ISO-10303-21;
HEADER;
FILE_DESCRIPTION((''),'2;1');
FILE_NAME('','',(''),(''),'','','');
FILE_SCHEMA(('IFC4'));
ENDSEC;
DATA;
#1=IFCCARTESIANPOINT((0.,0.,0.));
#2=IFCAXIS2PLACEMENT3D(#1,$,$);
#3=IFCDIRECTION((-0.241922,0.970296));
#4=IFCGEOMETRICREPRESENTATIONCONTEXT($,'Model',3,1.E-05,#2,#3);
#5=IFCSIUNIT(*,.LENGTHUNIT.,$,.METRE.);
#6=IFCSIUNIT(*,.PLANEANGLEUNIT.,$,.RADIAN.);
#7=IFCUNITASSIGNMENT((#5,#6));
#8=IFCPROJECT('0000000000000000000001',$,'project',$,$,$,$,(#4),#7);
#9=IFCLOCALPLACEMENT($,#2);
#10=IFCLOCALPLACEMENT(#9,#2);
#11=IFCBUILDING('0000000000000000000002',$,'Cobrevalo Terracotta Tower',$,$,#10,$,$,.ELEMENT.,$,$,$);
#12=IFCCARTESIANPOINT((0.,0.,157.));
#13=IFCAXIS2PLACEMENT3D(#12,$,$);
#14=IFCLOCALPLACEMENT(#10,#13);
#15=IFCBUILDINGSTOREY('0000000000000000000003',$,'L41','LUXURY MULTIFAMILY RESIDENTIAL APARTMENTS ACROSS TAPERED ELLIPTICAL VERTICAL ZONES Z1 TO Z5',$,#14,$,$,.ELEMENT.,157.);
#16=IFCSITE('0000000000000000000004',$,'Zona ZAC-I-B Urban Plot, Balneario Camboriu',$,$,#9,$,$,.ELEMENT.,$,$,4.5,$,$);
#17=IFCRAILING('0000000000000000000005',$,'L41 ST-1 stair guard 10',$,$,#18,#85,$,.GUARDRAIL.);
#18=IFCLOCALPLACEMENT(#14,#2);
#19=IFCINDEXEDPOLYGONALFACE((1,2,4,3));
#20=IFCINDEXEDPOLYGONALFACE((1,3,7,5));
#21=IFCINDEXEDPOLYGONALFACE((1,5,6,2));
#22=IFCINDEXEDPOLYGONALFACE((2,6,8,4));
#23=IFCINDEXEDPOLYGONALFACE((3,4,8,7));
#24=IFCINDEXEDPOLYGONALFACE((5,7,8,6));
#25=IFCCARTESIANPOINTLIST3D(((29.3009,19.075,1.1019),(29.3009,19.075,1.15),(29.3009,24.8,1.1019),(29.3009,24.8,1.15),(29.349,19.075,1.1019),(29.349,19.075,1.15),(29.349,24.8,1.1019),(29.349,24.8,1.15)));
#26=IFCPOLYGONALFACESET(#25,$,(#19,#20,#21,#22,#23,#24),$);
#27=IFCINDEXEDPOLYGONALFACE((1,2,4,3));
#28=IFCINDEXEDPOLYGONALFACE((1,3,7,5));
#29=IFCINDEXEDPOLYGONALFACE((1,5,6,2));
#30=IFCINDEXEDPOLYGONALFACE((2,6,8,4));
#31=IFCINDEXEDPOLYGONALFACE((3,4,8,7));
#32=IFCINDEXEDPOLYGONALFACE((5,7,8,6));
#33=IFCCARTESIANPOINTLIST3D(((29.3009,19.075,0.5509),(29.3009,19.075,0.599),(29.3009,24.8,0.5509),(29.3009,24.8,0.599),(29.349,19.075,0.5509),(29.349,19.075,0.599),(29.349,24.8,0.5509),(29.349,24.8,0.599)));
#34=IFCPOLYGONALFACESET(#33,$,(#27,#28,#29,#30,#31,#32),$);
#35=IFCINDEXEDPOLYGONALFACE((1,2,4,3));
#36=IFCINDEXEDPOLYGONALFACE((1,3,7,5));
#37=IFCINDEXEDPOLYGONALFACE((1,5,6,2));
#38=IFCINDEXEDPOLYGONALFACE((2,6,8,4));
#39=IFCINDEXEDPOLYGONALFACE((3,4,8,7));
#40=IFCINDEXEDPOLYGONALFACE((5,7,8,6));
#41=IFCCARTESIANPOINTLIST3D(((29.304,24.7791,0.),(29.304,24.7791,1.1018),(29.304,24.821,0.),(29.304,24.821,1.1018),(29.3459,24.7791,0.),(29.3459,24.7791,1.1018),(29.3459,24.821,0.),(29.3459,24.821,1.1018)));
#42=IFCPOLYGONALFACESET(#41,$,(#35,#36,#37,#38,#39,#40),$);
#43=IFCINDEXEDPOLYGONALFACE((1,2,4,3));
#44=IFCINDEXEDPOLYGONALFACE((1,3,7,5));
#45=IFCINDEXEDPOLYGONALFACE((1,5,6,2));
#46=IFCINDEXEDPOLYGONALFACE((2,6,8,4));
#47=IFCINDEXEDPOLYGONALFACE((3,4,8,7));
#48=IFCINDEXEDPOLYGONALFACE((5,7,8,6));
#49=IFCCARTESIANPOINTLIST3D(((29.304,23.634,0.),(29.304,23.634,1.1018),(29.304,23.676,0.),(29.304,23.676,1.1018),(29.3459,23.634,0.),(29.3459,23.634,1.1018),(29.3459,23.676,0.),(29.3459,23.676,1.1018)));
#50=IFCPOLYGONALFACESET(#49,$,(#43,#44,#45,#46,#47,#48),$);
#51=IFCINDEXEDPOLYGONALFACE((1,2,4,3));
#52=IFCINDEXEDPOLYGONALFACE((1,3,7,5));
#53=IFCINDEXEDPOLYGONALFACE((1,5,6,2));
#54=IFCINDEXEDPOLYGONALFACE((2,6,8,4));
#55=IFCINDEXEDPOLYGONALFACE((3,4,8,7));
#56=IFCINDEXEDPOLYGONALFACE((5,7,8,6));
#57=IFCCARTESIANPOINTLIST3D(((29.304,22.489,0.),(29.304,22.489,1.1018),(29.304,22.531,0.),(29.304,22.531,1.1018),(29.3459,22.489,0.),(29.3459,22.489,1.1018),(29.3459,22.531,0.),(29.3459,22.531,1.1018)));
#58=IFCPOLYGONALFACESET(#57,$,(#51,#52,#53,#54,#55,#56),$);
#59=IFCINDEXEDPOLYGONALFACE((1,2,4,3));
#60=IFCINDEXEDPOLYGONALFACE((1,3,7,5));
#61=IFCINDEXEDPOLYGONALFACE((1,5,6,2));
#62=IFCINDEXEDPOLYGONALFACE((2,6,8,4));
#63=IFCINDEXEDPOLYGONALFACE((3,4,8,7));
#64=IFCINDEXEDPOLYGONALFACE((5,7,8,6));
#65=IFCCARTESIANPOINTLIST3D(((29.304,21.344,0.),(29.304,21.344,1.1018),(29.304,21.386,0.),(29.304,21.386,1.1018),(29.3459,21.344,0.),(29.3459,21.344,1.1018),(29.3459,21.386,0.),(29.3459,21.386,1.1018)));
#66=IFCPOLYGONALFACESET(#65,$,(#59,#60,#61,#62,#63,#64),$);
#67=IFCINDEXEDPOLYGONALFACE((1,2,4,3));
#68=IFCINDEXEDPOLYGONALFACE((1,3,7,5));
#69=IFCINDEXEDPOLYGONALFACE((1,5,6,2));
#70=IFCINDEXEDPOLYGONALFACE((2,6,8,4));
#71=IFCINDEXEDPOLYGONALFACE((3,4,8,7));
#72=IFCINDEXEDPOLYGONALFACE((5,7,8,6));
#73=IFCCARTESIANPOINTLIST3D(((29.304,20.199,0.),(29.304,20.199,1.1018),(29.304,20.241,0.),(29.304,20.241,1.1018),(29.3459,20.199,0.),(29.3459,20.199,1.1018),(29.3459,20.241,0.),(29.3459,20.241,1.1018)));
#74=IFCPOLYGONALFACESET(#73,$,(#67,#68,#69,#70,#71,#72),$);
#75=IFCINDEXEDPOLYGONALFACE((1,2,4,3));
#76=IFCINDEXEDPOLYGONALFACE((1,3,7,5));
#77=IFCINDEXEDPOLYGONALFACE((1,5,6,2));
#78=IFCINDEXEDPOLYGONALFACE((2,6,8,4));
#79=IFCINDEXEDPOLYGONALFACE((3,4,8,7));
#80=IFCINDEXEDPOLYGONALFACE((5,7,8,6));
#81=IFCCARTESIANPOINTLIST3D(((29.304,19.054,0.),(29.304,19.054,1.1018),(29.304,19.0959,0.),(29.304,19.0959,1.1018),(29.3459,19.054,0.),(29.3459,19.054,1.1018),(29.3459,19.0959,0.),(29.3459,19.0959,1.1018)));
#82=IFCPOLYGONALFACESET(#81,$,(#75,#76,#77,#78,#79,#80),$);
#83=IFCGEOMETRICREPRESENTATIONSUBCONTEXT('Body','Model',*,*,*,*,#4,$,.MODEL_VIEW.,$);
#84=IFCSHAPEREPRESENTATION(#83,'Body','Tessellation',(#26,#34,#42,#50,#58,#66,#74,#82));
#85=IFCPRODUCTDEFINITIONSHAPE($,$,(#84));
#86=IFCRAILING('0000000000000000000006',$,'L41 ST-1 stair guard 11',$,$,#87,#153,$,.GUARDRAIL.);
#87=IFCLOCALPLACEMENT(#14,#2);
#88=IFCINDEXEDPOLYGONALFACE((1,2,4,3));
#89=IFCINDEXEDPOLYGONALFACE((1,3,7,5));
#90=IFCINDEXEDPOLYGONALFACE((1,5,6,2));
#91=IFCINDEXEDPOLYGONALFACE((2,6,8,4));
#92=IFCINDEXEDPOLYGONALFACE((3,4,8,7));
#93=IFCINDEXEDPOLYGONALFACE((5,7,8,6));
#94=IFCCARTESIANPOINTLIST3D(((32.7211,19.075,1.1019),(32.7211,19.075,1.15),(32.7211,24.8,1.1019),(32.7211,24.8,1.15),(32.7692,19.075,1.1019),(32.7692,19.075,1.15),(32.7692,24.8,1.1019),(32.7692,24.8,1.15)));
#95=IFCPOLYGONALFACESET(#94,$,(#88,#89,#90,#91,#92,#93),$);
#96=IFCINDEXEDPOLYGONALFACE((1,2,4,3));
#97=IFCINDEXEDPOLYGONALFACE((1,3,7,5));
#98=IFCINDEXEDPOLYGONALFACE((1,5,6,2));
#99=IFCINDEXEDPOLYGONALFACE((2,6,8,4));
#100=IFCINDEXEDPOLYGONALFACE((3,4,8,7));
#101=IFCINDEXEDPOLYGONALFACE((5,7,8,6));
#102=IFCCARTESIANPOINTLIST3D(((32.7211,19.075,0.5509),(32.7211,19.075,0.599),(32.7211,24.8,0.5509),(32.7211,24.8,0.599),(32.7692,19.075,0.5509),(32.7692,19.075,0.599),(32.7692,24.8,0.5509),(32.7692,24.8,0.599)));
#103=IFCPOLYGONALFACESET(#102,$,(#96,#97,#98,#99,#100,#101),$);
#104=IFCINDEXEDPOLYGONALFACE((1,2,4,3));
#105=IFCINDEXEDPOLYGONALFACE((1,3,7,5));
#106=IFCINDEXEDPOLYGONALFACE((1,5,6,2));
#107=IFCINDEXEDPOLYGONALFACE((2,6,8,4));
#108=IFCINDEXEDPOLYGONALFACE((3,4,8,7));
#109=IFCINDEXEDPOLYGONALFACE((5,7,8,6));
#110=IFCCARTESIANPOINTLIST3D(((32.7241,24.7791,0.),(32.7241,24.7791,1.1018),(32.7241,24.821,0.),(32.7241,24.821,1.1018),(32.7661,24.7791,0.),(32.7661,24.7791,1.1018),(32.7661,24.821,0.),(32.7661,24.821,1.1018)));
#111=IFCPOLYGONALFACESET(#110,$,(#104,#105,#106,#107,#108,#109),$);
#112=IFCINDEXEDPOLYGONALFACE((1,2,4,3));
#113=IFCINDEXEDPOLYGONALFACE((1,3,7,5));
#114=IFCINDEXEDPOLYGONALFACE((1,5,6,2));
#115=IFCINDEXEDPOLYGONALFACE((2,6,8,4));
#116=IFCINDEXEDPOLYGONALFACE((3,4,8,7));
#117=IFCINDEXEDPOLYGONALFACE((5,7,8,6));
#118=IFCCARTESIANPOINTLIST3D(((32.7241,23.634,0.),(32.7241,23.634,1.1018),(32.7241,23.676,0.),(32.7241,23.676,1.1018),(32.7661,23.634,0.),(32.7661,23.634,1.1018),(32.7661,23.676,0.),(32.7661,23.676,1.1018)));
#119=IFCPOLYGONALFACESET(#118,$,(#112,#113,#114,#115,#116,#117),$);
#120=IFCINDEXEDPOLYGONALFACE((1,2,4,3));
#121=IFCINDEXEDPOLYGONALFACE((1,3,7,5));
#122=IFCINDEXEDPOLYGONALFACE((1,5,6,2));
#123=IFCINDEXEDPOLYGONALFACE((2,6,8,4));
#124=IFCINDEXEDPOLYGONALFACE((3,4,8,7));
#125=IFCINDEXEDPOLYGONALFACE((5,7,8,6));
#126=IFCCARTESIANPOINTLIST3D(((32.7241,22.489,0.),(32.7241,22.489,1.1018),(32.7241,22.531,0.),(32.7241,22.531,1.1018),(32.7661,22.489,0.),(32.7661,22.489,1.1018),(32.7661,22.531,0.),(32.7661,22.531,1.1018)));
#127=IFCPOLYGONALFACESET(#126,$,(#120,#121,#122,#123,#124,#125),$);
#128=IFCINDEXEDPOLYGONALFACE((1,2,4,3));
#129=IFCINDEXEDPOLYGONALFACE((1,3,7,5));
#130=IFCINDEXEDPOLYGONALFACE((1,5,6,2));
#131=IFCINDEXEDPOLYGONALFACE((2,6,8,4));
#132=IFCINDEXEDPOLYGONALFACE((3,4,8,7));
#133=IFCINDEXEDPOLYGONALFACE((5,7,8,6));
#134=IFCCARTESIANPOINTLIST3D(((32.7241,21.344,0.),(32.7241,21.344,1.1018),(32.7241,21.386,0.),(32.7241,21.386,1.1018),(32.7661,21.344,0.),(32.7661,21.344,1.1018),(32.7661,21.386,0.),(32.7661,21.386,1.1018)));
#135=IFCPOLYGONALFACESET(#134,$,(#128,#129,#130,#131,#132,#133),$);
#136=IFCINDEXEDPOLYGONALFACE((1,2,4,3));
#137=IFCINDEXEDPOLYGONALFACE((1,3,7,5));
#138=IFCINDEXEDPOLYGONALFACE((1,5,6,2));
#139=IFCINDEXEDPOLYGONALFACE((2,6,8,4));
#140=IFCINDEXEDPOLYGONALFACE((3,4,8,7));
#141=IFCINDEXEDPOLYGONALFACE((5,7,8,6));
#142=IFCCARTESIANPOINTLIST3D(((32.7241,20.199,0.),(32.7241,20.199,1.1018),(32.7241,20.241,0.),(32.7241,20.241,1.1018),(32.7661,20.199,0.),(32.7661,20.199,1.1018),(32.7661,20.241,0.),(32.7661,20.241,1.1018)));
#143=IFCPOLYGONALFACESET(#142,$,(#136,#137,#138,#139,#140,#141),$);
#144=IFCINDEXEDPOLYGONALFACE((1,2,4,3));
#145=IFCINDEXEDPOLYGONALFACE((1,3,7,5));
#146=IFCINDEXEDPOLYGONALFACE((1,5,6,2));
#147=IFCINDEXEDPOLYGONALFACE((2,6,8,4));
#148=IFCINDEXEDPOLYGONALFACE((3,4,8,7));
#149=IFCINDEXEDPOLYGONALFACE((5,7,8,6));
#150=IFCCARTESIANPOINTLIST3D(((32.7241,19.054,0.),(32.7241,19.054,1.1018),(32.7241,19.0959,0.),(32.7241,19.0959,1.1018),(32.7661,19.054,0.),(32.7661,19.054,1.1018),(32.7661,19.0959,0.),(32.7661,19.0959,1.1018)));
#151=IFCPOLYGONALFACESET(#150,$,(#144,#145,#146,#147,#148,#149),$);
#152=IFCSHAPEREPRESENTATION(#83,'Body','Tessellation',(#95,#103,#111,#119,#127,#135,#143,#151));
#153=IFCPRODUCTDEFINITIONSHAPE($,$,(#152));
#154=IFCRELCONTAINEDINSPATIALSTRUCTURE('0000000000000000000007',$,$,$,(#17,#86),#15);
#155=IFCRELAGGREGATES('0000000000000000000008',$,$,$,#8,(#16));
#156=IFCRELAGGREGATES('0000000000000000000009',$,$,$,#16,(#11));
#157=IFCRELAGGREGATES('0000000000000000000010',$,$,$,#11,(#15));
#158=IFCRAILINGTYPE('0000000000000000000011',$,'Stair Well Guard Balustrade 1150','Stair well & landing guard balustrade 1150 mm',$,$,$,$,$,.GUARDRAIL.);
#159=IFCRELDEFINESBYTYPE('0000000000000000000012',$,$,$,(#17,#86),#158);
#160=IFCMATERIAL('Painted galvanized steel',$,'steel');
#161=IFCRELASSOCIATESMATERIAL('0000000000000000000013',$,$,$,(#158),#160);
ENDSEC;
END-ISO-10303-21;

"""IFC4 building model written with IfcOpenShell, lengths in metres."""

from ifc_helpers import new_model, si_unit, direction, frame, origin, origin_2d, place, context, subcontext, project, spatial, rectangle, extrude, material, type_object, element, save


model = new_model("IFC4")

# Units and contexts
model_context = context("Model", 3, precision=1e-05, world=origin(), true_north=direction((-0.241922, 0.970296)))
body_context = subcontext(model_context, "Body", "Model", "MODEL_VIEW")
ifc_project = project(units=[si_unit("LENGTHUNIT", "METRE"), si_unit("PLANEANGLEUNIT", "RADIAN")], contexts=[model_context])

# Site, building, storey
site_placement = place(None, origin())
site = spatial("IfcSite", under=ifc_project, at=site_placement, Name="Zona ZAC-I-B Urban Plot, Balneario Camboriu", CompositionType="ELEMENT", RefElevation=4.5)
building_placement = place(site_placement, origin())
building = spatial("IfcBuilding", under=site, at=building_placement, Name="Cobrevalo Terracotta Tower", CompositionType="ELEMENT")
storey_placement = place(building_placement, frame((0.0, 0.0, 157.0)))
storey = spatial("IfcBuildingStorey", under=building, at=storey_placement, Name="L41", Description="LUXURY MULTIFAMILY RESIDENTIAL APARTMENTS ACROSS TAPERED ELLIPTICAL VERTICAL ZONES Z1 TO Z5", CompositionType="ELEMENT", Elevation=157.0)

# Railings
ifc_material_1 = material(Name="Painted galvanized steel", Category="steel")
railing_type_1 = type_object("IfcRailingType", Name="Stair Well Guard Balustrade 1150", Description="Stair well & landing guard balustrade 1150 mm", PredefinedType="GUARDRAIL", material=ifc_material_1)
for number, where, name in (
    (1, (29.325, 24.8, 0.0), "L41 ST-1 stair guard 10"),
    (2, (32.7451, 24.8, 0.0), "L41 ST-1 stair guard 11"),
):
    element("IfcRailing", number, at=place(storey_placement, frame(where)), inside=storey, type_object=railing_type_1, Name=name, PredefinedType="GUARDRAIL", context=body_context, shape_type="SweptSolid", body=[
        extrude(rectangle(XDim=0.0481, YDim=0.0481, at=origin_2d()), frame((0.0, 0.0, 1.126), z_axis=(0.0, -1.0, 0.0), x_axis=(1.0, 0.0, 0.0)), (0.0, 0.0, 1.0), 5.7251),
        extrude(rectangle(XDim=0.0481, YDim=0.0481, at=origin_2d()), frame((0.0, 0.0, 0.575), z_axis=(0.0, -1.0, 0.0), x_axis=(1.0, 0.0, 0.0)), (0.0, 0.0, 1.0), 5.7251),
        extrude(rectangle(XDim=0.042, YDim=0.042, at=origin_2d()), origin(), (0.0, 0.0, 1.0), 1.1018),
        extrude(rectangle(XDim=0.042, YDim=0.042, at=origin_2d()), frame((0.0, -1.145, 0.0)), (0.0, 0.0, 1.0), 1.1018),
        extrude(rectangle(XDim=0.042, YDim=0.042, at=origin_2d()), frame((0.0, -2.29, 0.0)), (0.0, 0.0, 1.0), 1.1018),
        extrude(rectangle(XDim=0.042, YDim=0.042, at=origin_2d()), frame((0.0, -3.4351, 0.0)), (0.0, 0.0, 1.0), 1.1018),
        extrude(rectangle(XDim=0.042, YDim=0.042, at=origin_2d()), frame((0.0, -4.5801, 0.0)), (0.0, 0.0, 1.0), 1.1018),
        extrude(rectangle(XDim=0.042, YDim=0.042, at=origin_2d()), frame((0.0, -5.7251, 0.0)), (0.0, 0.0, 1.0), 1.1018),
    ])

save(model, "model.ifc")
